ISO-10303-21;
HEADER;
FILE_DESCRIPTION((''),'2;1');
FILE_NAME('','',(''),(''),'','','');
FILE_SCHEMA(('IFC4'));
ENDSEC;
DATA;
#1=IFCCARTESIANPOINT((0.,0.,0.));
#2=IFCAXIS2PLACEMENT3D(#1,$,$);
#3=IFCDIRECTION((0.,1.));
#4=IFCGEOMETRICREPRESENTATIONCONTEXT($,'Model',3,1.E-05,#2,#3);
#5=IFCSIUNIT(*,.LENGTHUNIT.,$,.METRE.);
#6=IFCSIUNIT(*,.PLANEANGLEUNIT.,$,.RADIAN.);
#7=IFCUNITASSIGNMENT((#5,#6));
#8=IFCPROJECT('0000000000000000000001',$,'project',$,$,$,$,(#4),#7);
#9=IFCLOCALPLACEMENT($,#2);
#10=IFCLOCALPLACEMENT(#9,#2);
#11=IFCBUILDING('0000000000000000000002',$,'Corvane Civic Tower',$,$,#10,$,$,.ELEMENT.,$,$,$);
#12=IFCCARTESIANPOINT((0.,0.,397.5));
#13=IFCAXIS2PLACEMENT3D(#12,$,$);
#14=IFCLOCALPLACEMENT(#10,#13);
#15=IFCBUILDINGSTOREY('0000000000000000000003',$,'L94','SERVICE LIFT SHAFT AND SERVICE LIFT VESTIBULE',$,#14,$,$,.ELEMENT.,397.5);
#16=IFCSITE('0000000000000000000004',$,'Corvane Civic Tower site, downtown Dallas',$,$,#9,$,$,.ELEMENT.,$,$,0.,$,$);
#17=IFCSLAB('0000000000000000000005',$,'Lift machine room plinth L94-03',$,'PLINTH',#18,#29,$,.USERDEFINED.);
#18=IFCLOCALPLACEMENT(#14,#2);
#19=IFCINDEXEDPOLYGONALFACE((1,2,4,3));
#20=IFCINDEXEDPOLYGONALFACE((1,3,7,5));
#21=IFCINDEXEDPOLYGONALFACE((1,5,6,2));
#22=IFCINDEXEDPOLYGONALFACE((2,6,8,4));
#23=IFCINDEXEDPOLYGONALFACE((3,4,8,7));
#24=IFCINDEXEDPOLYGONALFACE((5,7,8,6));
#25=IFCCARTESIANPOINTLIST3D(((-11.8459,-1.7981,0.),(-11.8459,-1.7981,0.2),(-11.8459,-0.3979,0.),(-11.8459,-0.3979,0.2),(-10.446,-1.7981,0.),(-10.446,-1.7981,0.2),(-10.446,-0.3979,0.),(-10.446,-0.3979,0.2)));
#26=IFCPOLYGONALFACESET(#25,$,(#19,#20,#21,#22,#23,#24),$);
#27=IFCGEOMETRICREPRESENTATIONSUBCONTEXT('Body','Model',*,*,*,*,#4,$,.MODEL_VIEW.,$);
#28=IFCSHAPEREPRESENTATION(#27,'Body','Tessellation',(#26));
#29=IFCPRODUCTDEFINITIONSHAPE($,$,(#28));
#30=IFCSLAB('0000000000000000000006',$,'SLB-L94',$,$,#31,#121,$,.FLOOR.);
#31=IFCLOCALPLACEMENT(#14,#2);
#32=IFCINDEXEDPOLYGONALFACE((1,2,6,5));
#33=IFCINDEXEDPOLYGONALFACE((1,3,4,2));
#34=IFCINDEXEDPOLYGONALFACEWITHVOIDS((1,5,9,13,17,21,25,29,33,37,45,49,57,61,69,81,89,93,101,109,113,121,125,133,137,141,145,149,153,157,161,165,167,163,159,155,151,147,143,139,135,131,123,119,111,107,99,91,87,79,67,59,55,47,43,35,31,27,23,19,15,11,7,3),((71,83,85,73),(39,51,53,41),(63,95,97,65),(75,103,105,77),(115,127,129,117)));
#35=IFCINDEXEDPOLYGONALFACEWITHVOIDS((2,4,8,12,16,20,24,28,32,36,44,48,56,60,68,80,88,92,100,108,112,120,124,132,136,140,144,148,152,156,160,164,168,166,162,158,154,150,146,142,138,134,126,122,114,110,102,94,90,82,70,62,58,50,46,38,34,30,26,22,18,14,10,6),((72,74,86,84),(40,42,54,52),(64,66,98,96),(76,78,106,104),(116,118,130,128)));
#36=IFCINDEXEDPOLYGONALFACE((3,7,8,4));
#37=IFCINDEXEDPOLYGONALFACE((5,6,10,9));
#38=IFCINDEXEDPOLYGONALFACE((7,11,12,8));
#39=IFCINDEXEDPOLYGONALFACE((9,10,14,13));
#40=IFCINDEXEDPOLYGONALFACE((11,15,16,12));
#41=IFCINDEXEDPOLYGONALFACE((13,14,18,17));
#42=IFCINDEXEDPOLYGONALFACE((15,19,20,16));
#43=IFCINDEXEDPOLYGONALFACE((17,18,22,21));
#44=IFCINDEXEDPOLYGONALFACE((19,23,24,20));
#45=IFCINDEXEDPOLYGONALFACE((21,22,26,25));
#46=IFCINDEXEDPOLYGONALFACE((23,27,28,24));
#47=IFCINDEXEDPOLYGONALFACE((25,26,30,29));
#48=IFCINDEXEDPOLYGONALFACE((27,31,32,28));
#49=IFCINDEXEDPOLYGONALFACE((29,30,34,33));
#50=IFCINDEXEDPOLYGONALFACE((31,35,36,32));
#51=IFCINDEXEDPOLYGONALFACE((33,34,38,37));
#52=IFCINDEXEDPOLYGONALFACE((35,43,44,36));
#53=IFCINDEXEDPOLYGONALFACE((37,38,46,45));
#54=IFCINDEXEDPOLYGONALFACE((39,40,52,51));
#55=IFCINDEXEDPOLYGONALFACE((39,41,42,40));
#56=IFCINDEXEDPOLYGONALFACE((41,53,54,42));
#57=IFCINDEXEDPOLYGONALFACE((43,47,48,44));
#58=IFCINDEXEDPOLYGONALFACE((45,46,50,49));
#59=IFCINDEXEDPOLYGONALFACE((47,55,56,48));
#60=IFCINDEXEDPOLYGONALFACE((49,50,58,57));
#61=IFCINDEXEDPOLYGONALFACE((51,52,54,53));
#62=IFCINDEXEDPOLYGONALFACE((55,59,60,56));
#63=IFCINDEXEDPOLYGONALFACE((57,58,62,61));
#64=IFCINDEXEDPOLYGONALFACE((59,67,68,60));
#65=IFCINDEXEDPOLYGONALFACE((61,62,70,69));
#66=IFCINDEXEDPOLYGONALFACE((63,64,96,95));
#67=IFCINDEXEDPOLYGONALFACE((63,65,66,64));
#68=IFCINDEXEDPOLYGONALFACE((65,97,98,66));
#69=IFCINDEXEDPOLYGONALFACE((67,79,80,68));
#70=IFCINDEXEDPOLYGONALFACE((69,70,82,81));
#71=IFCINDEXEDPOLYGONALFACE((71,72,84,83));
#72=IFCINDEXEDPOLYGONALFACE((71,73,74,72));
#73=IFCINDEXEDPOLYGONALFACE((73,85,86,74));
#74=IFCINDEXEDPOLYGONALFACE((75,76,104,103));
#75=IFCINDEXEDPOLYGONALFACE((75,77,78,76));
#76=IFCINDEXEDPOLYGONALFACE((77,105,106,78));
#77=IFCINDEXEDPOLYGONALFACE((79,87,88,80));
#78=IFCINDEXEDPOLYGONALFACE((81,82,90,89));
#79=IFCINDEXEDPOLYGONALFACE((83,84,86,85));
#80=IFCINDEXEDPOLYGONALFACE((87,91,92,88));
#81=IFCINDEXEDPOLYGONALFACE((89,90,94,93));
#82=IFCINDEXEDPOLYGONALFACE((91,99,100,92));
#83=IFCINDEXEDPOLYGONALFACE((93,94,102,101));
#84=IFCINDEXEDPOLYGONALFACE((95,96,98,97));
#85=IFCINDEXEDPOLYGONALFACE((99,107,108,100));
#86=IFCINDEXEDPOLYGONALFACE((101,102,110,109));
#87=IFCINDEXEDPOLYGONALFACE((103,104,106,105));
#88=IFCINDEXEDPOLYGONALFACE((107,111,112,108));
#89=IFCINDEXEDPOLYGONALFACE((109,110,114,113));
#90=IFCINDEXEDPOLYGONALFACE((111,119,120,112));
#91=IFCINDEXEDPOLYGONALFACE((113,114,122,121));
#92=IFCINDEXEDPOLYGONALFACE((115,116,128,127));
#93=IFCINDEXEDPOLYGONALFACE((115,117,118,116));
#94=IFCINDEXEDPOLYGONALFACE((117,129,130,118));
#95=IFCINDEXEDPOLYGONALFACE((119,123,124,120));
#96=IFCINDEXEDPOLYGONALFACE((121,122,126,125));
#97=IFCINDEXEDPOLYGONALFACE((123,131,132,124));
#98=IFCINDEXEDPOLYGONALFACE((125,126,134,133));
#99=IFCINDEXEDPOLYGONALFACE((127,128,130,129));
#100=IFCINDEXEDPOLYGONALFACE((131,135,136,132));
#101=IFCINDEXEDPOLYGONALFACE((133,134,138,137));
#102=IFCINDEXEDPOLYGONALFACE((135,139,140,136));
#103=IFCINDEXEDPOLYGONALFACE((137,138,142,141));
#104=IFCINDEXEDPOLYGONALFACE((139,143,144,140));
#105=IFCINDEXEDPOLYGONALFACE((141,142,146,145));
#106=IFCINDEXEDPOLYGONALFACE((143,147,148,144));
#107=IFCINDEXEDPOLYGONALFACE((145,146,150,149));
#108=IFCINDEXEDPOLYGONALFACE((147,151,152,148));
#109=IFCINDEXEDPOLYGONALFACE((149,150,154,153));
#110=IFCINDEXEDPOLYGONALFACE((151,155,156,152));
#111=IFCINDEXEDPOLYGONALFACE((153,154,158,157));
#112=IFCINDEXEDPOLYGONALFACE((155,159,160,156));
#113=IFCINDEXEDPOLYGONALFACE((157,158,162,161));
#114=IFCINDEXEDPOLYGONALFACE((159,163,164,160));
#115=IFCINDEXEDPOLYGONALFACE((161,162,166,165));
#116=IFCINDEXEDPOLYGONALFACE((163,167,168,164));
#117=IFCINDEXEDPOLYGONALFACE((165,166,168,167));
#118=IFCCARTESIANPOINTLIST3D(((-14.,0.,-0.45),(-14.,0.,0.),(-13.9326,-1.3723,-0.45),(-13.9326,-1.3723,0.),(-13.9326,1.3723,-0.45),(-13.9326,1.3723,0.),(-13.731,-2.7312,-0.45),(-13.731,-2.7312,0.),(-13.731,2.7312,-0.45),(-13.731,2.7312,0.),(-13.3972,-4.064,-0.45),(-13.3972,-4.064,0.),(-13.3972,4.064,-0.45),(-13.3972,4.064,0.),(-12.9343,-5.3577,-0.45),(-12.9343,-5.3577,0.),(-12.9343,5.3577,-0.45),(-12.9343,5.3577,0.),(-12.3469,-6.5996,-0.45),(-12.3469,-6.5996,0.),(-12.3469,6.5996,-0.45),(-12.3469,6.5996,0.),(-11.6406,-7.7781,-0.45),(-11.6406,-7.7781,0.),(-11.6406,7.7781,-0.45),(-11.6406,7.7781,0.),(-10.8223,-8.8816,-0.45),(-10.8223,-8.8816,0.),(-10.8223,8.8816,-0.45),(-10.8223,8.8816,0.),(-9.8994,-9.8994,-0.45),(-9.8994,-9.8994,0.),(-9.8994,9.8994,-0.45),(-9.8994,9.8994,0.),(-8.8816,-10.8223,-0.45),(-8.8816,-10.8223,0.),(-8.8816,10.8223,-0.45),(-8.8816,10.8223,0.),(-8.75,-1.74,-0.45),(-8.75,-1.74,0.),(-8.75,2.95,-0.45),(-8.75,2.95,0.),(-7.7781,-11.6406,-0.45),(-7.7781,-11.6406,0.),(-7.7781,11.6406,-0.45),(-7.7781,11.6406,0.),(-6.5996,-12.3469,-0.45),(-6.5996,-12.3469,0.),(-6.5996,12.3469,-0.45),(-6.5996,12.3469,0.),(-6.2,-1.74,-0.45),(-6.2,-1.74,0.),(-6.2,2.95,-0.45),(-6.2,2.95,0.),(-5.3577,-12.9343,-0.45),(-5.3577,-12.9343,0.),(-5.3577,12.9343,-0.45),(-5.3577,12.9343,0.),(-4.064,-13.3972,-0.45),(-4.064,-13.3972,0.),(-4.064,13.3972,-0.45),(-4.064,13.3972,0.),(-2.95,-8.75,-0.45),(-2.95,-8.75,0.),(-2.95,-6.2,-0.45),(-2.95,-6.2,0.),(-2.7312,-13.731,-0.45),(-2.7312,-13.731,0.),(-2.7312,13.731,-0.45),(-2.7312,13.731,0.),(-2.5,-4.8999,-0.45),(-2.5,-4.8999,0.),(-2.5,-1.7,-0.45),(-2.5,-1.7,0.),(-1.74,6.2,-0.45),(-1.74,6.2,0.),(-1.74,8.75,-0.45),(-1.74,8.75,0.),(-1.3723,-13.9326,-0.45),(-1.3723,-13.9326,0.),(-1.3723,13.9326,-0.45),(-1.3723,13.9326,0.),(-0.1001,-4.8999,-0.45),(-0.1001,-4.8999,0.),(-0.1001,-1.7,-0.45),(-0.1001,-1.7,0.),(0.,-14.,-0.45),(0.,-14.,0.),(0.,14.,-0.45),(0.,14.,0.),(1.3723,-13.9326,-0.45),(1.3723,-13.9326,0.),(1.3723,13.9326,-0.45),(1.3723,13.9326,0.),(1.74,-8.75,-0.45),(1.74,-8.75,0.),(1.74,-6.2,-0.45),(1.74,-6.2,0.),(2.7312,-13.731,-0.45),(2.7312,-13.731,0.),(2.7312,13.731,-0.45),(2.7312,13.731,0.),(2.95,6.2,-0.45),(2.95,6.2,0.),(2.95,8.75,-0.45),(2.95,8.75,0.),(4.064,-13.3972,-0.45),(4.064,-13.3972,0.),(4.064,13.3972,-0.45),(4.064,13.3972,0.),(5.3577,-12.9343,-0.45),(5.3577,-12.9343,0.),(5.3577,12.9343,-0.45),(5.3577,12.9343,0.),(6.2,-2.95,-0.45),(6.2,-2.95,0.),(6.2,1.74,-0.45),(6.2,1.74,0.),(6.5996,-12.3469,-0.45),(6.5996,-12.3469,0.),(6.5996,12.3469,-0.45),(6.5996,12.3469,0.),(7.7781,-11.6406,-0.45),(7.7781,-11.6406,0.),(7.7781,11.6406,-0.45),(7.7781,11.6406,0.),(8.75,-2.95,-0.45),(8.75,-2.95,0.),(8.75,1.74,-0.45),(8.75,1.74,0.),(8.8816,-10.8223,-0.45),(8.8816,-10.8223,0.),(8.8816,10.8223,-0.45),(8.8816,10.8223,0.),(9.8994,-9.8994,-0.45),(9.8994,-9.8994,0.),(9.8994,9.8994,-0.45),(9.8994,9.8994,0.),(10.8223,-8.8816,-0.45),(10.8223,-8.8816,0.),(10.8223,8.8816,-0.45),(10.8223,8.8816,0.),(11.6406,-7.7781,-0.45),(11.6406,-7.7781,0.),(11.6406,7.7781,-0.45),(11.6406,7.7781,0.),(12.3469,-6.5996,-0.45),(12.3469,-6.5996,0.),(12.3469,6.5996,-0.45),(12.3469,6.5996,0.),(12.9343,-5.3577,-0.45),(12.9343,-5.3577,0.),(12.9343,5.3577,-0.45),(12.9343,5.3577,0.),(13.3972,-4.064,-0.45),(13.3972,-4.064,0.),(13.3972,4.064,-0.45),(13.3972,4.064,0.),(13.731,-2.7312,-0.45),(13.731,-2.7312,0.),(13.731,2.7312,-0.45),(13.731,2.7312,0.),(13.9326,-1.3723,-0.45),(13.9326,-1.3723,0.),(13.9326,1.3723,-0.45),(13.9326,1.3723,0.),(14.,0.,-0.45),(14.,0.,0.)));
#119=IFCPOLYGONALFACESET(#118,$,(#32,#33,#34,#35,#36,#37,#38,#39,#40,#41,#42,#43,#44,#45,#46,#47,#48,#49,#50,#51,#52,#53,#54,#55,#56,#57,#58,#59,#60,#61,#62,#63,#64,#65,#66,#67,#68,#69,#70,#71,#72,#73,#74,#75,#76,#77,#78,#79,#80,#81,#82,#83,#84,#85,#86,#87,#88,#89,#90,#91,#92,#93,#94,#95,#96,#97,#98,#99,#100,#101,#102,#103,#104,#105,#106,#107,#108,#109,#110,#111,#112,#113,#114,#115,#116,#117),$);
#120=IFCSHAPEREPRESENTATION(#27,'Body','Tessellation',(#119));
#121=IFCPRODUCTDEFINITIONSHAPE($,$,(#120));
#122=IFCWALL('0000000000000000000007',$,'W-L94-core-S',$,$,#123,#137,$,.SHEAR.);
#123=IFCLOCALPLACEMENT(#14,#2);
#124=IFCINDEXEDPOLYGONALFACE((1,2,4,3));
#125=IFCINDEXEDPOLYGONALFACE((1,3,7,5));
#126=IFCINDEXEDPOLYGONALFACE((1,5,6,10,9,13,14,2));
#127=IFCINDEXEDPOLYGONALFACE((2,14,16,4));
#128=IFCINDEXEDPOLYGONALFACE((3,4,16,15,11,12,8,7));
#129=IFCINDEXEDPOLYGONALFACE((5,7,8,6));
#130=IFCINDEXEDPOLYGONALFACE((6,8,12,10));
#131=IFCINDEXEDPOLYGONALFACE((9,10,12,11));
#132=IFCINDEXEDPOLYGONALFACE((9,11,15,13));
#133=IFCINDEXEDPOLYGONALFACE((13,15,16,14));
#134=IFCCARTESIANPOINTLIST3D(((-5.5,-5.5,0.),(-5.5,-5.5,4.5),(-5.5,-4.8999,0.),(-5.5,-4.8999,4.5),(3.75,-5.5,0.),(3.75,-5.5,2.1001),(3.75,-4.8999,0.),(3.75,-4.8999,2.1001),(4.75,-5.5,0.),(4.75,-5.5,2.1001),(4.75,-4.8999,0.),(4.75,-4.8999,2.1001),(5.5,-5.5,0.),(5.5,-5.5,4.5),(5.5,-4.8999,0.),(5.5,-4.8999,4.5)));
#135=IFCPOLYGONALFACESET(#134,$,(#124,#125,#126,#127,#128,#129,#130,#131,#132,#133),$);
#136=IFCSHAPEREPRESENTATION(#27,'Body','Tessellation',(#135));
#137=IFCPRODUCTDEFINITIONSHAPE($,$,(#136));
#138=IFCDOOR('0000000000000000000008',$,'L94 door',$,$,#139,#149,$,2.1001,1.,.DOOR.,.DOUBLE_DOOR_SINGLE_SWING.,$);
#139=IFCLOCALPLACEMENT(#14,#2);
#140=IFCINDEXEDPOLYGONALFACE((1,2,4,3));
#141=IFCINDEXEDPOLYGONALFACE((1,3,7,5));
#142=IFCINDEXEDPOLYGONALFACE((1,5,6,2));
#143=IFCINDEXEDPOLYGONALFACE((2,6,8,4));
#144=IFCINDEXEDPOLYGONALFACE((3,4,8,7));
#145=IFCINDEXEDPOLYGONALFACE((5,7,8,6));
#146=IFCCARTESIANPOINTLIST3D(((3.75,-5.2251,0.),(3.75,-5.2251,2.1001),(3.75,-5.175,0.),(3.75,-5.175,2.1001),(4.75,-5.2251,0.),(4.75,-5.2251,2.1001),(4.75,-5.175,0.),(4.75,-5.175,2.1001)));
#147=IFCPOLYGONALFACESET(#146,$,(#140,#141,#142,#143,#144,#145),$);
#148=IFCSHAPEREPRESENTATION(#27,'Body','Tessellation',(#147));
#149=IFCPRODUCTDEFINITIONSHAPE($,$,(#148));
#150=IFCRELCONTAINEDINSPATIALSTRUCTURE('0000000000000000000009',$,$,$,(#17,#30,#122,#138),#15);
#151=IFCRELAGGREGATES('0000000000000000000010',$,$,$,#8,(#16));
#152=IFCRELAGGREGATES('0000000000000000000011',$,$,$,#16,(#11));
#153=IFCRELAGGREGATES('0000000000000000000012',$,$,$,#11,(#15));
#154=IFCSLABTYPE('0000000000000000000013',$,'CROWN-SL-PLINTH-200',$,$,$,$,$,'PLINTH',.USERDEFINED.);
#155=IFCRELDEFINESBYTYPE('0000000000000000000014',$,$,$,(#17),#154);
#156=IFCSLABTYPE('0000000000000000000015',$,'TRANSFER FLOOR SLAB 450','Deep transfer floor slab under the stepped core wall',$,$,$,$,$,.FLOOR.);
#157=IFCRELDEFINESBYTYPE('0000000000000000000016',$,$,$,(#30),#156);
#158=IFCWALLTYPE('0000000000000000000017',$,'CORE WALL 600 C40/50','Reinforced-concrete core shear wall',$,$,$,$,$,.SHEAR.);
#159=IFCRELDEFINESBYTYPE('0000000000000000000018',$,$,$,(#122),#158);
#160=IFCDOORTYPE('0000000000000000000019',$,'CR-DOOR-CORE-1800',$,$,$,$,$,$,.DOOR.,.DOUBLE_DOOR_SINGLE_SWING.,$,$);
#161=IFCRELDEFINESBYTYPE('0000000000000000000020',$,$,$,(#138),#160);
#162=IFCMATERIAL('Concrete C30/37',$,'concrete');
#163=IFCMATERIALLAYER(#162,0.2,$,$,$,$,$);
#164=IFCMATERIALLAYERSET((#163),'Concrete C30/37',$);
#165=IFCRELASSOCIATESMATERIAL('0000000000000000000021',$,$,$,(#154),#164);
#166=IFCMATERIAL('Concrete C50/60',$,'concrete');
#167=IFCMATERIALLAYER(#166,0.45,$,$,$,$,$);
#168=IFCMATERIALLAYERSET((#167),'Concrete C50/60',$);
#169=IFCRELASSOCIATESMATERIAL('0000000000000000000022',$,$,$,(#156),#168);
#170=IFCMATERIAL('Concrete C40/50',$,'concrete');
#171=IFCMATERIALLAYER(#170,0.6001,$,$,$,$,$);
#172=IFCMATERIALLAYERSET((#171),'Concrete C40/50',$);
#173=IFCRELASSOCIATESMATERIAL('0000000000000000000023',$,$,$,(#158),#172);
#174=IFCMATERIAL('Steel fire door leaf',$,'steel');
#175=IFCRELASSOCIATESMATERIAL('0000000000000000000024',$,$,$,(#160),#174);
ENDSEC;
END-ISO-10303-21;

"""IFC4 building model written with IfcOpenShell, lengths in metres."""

from ifc_helpers import new_model, si_unit, direction, frame, frame_2d, origin, place, context, subcontext, project, spatial, polyline, rectangle, outline, extrude, material, layer, layer_set, type_object, element, fill, save


model = new_model("IFC4")

# Units and contexts
model_context = context("Model", 3, precision=1e-05, world=origin(), true_north=direction((0.0, 1.0)))
body_context = subcontext(model_context, "Body", "Model", "MODEL_VIEW")
ifc_project = project(units=[si_unit("LENGTHUNIT", "METRE"), si_unit("PLANEANGLEUNIT", "RADIAN")], contexts=[model_context])

# Site, building, storey
site_placement = place(None, origin())
site = spatial("IfcSite", under=ifc_project, at=site_placement, Name="Corvane Civic Tower site, downtown Dallas", CompositionType="ELEMENT", RefElevation=0.0)
building_placement = place(site_placement, origin())
building = spatial("IfcBuilding", under=site, at=building_placement, Name="Corvane Civic Tower", CompositionType="ELEMENT")
storey_placement = place(building_placement, frame((0.0, 0.0, 397.5)))
storey = spatial("IfcBuildingStorey", under=building, at=storey_placement, Name="L94", Description="SERVICE LIFT SHAFT AND SERVICE LIFT VESTIBULE", CompositionType="ELEMENT", Elevation=397.5)

# Slabs
ifc_material_1 = material(Name="Concrete C30/37", Category="concrete")
ifc_layer_1 = layer(ifc_material_1, 0.2)
ifc_layer_set_1 = layer_set([ifc_layer_1], Name="Concrete C30/37")
slab_type_1 = type_object("IfcSlabType", Name="CROWN-SL-PLINTH-200", ElementType="PLINTH", PredefinedType="USERDEFINED", material=ifc_layer_set_1)
slab_1_placement = place(storey_placement, origin())
element("IfcSlab", 1, at=slab_1_placement, inside=storey, type_object=slab_type_1, Name="Lift machine room plinth L94-03", ObjectType="PLINTH", PredefinedType="USERDEFINED", context=body_context, shape_type="SweptSolid", body=[
    extrude(outline(polyline([(-10.446, -1.7981), (-10.446, -0.3979), (-11.8459, -0.3979), (-11.8459, -1.7981), (-10.446, -1.7981)])), origin(), (0.0, 0.0, 1.0), 0.2),
])
ifc_material_2 = material(Name="Concrete C50/60", Category="concrete")
ifc_layer_2 = layer(ifc_material_2, 0.45)
ifc_layer_set_2 = layer_set([ifc_layer_2], Name="Concrete C50/60")
slab_type_2 = type_object("IfcSlabType", Name="TRANSFER FLOOR SLAB 450", Description="Deep transfer floor slab under the stepped core wall", PredefinedType="FLOOR", material=ifc_layer_set_2)
slab_2_placement = place(storey_placement, frame((0.0, 0.0, -0.45)))
element("IfcSlab", 2, at=slab_2_placement, inside=storey, type_object=slab_type_2, Name="SLB-L94", PredefinedType="FLOOR", context=body_context, shape_type="SweptSolid", body=[
    extrude(outline(polyline([(0.0, 14.0), (-1.3723, 13.9326), (-2.7312, 13.731), (-4.064, 13.3972), (-5.3577, 12.9343), (-6.5996, 12.3469), (-7.7781, 11.6406), (-8.8816, 10.8223), (-9.8994, 9.8994), (-10.8223, 8.8816), (-11.6406, 7.7781), (-12.3469, 6.5996), (-12.9343, 5.3577), (-13.3972, 4.064), (-13.731, 2.7312), (-13.9326, 1.3723), (-14.0, 0.0), (-13.9326, -1.3723), (-13.731, -2.7312), (-13.3972, -4.064), (-12.9343, -5.3577), (-12.3469, -6.5996), (-11.6406, -7.7781), (-10.8223, -8.8816), (-9.8994, -9.8994), (-8.8816, -10.8223), (-7.7781, -11.6406), (-6.5996, -12.3469), (-5.3577, -12.9343), (-4.064, -13.3972), (-2.7312, -13.731), (-1.3723, -13.9326), (0.0, -14.0), (1.3723, -13.9326), (2.7312, -13.731), (4.064, -13.3972), (5.3577, -12.9343), (6.5996, -12.3469), (7.7781, -11.6406), (8.8816, -10.8223), (9.8994, -9.8994), (10.8223, -8.8816), (11.6406, -7.7781), (12.3469, -6.5996), (12.9343, -5.3577), (13.3972, -4.064), (13.731, -2.7312), (13.9326, -1.3723), (14.0, 0.0), (13.9326, 1.3723), (13.731, 2.7312), (13.3972, 4.064), (12.9343, 5.3577), (12.3469, 6.5996), (11.6406, 7.7781), (10.8223, 8.8816), (9.8994, 9.8994), (8.8816, 10.8223), (7.7781, 11.6406), (6.5996, 12.3469), (5.3577, 12.9343), (4.064, 13.3972), (2.7312, 13.731), (1.3723, 13.9326), (0.0, 14.0)]), holes=[polyline([(-2.5, -4.8999), (-2.5, -1.7), (-0.1001, -1.7), (-0.1001, -4.8999), (-2.5, -4.8999)]), polyline([(6.2, 1.74), (8.75, 1.74), (8.75, -2.95), (6.2, -2.95), (6.2, 1.74)]), polyline([(-1.74, 6.2), (-1.74, 8.75), (2.95, 8.75), (2.95, 6.2), (-1.74, 6.2)]), polyline([(-6.2, -1.74), (-8.75, -1.74), (-8.75, 2.95), (-6.2, 2.95), (-6.2, -1.74)]), polyline([(1.74, -6.2), (1.74, -8.75), (-2.95, -8.75), (-2.95, -6.2), (1.74, -6.2)])]), origin(), (0.0, 0.0, 1.0), 0.45),
])

# Wall, opening, door
ifc_material_3 = material(Name="Concrete C40/50", Category="concrete")
ifc_layer_3 = layer(ifc_material_3, 0.6001)
ifc_layer_set_3 = layer_set([ifc_layer_3], Name="Concrete C40/50")
wall_type_1 = type_object("IfcWallType", Name="CORE WALL 600 C40/50", Description="Reinforced-concrete core shear wall", PredefinedType="SHEAR", material=ifc_layer_set_3)
wall_1_placement = place(storey_placement, frame((-5.5, -5.2, 0.0), z_axis=(0.0, 0.0, 1.0), x_axis=(1.0, 0.0, 0.0)))
wall_1 = element("IfcWall", 3, at=wall_1_placement, inside=storey, type_object=wall_type_1, Name="W-L94-core-S", PredefinedType="SHEAR", context=body_context, shape_type="SweptSolid", body=[
    extrude(rectangle(XDim=11.0, YDim=0.6001, at=frame_2d((5.5, 0.0))), origin(), (0.0, 0.0, 1.0), 4.5),
])
opening_1_placement = place(wall_1_placement, frame((9.25, 0.0, 0.0)))
opening_1 = element("IfcOpeningElement", 4, at=opening_1_placement, cuts=wall_1, PredefinedType="OPENING", context=body_context, shape_type="SweptSolid", body=[
    extrude(rectangle(XDim=1.0, YDim=2.1001, at=frame_2d((0.5, 1.05))), frame((0.0, 0.3101, 0.0), z_axis=(0.0, -1.0, 0.0), x_axis=(1.0, 0.0, 0.0)), (0.0, 0.0, 1.0), 0.6201),
])
ifc_material_4 = material(Name="Steel fire door leaf", Category="steel")
door_type_1 = type_object("IfcDoorType", Name="CR-DOOR-CORE-1800", OperationType="DOUBLE_DOOR_SINGLE_SWING", PredefinedType="DOOR", material=ifc_material_4)
door_1_placement = place(opening_1_placement, origin())
door_1 = element("IfcDoor", 5, at=door_1_placement, inside=storey, type_object=door_type_1, Name="L94 door", OperationType="DOUBLE_DOOR_SINGLE_SWING", OverallHeight=2.1001, OverallWidth=1.0, PredefinedType="DOOR", context=body_context, shape_type="SweptSolid", body=[
    extrude(rectangle(XDim=1.0, YDim=2.1001, at=frame_2d((0.5, 1.05))), frame((0.0, 0.0249, 0.0), z_axis=(0.0, -1.0, 0.0), x_axis=(1.0, 0.0, 0.0)), (0.0, 0.0, 1.0), 0.05),
])
fill(opening_1, door_1)

save(model, "model.ifc")
